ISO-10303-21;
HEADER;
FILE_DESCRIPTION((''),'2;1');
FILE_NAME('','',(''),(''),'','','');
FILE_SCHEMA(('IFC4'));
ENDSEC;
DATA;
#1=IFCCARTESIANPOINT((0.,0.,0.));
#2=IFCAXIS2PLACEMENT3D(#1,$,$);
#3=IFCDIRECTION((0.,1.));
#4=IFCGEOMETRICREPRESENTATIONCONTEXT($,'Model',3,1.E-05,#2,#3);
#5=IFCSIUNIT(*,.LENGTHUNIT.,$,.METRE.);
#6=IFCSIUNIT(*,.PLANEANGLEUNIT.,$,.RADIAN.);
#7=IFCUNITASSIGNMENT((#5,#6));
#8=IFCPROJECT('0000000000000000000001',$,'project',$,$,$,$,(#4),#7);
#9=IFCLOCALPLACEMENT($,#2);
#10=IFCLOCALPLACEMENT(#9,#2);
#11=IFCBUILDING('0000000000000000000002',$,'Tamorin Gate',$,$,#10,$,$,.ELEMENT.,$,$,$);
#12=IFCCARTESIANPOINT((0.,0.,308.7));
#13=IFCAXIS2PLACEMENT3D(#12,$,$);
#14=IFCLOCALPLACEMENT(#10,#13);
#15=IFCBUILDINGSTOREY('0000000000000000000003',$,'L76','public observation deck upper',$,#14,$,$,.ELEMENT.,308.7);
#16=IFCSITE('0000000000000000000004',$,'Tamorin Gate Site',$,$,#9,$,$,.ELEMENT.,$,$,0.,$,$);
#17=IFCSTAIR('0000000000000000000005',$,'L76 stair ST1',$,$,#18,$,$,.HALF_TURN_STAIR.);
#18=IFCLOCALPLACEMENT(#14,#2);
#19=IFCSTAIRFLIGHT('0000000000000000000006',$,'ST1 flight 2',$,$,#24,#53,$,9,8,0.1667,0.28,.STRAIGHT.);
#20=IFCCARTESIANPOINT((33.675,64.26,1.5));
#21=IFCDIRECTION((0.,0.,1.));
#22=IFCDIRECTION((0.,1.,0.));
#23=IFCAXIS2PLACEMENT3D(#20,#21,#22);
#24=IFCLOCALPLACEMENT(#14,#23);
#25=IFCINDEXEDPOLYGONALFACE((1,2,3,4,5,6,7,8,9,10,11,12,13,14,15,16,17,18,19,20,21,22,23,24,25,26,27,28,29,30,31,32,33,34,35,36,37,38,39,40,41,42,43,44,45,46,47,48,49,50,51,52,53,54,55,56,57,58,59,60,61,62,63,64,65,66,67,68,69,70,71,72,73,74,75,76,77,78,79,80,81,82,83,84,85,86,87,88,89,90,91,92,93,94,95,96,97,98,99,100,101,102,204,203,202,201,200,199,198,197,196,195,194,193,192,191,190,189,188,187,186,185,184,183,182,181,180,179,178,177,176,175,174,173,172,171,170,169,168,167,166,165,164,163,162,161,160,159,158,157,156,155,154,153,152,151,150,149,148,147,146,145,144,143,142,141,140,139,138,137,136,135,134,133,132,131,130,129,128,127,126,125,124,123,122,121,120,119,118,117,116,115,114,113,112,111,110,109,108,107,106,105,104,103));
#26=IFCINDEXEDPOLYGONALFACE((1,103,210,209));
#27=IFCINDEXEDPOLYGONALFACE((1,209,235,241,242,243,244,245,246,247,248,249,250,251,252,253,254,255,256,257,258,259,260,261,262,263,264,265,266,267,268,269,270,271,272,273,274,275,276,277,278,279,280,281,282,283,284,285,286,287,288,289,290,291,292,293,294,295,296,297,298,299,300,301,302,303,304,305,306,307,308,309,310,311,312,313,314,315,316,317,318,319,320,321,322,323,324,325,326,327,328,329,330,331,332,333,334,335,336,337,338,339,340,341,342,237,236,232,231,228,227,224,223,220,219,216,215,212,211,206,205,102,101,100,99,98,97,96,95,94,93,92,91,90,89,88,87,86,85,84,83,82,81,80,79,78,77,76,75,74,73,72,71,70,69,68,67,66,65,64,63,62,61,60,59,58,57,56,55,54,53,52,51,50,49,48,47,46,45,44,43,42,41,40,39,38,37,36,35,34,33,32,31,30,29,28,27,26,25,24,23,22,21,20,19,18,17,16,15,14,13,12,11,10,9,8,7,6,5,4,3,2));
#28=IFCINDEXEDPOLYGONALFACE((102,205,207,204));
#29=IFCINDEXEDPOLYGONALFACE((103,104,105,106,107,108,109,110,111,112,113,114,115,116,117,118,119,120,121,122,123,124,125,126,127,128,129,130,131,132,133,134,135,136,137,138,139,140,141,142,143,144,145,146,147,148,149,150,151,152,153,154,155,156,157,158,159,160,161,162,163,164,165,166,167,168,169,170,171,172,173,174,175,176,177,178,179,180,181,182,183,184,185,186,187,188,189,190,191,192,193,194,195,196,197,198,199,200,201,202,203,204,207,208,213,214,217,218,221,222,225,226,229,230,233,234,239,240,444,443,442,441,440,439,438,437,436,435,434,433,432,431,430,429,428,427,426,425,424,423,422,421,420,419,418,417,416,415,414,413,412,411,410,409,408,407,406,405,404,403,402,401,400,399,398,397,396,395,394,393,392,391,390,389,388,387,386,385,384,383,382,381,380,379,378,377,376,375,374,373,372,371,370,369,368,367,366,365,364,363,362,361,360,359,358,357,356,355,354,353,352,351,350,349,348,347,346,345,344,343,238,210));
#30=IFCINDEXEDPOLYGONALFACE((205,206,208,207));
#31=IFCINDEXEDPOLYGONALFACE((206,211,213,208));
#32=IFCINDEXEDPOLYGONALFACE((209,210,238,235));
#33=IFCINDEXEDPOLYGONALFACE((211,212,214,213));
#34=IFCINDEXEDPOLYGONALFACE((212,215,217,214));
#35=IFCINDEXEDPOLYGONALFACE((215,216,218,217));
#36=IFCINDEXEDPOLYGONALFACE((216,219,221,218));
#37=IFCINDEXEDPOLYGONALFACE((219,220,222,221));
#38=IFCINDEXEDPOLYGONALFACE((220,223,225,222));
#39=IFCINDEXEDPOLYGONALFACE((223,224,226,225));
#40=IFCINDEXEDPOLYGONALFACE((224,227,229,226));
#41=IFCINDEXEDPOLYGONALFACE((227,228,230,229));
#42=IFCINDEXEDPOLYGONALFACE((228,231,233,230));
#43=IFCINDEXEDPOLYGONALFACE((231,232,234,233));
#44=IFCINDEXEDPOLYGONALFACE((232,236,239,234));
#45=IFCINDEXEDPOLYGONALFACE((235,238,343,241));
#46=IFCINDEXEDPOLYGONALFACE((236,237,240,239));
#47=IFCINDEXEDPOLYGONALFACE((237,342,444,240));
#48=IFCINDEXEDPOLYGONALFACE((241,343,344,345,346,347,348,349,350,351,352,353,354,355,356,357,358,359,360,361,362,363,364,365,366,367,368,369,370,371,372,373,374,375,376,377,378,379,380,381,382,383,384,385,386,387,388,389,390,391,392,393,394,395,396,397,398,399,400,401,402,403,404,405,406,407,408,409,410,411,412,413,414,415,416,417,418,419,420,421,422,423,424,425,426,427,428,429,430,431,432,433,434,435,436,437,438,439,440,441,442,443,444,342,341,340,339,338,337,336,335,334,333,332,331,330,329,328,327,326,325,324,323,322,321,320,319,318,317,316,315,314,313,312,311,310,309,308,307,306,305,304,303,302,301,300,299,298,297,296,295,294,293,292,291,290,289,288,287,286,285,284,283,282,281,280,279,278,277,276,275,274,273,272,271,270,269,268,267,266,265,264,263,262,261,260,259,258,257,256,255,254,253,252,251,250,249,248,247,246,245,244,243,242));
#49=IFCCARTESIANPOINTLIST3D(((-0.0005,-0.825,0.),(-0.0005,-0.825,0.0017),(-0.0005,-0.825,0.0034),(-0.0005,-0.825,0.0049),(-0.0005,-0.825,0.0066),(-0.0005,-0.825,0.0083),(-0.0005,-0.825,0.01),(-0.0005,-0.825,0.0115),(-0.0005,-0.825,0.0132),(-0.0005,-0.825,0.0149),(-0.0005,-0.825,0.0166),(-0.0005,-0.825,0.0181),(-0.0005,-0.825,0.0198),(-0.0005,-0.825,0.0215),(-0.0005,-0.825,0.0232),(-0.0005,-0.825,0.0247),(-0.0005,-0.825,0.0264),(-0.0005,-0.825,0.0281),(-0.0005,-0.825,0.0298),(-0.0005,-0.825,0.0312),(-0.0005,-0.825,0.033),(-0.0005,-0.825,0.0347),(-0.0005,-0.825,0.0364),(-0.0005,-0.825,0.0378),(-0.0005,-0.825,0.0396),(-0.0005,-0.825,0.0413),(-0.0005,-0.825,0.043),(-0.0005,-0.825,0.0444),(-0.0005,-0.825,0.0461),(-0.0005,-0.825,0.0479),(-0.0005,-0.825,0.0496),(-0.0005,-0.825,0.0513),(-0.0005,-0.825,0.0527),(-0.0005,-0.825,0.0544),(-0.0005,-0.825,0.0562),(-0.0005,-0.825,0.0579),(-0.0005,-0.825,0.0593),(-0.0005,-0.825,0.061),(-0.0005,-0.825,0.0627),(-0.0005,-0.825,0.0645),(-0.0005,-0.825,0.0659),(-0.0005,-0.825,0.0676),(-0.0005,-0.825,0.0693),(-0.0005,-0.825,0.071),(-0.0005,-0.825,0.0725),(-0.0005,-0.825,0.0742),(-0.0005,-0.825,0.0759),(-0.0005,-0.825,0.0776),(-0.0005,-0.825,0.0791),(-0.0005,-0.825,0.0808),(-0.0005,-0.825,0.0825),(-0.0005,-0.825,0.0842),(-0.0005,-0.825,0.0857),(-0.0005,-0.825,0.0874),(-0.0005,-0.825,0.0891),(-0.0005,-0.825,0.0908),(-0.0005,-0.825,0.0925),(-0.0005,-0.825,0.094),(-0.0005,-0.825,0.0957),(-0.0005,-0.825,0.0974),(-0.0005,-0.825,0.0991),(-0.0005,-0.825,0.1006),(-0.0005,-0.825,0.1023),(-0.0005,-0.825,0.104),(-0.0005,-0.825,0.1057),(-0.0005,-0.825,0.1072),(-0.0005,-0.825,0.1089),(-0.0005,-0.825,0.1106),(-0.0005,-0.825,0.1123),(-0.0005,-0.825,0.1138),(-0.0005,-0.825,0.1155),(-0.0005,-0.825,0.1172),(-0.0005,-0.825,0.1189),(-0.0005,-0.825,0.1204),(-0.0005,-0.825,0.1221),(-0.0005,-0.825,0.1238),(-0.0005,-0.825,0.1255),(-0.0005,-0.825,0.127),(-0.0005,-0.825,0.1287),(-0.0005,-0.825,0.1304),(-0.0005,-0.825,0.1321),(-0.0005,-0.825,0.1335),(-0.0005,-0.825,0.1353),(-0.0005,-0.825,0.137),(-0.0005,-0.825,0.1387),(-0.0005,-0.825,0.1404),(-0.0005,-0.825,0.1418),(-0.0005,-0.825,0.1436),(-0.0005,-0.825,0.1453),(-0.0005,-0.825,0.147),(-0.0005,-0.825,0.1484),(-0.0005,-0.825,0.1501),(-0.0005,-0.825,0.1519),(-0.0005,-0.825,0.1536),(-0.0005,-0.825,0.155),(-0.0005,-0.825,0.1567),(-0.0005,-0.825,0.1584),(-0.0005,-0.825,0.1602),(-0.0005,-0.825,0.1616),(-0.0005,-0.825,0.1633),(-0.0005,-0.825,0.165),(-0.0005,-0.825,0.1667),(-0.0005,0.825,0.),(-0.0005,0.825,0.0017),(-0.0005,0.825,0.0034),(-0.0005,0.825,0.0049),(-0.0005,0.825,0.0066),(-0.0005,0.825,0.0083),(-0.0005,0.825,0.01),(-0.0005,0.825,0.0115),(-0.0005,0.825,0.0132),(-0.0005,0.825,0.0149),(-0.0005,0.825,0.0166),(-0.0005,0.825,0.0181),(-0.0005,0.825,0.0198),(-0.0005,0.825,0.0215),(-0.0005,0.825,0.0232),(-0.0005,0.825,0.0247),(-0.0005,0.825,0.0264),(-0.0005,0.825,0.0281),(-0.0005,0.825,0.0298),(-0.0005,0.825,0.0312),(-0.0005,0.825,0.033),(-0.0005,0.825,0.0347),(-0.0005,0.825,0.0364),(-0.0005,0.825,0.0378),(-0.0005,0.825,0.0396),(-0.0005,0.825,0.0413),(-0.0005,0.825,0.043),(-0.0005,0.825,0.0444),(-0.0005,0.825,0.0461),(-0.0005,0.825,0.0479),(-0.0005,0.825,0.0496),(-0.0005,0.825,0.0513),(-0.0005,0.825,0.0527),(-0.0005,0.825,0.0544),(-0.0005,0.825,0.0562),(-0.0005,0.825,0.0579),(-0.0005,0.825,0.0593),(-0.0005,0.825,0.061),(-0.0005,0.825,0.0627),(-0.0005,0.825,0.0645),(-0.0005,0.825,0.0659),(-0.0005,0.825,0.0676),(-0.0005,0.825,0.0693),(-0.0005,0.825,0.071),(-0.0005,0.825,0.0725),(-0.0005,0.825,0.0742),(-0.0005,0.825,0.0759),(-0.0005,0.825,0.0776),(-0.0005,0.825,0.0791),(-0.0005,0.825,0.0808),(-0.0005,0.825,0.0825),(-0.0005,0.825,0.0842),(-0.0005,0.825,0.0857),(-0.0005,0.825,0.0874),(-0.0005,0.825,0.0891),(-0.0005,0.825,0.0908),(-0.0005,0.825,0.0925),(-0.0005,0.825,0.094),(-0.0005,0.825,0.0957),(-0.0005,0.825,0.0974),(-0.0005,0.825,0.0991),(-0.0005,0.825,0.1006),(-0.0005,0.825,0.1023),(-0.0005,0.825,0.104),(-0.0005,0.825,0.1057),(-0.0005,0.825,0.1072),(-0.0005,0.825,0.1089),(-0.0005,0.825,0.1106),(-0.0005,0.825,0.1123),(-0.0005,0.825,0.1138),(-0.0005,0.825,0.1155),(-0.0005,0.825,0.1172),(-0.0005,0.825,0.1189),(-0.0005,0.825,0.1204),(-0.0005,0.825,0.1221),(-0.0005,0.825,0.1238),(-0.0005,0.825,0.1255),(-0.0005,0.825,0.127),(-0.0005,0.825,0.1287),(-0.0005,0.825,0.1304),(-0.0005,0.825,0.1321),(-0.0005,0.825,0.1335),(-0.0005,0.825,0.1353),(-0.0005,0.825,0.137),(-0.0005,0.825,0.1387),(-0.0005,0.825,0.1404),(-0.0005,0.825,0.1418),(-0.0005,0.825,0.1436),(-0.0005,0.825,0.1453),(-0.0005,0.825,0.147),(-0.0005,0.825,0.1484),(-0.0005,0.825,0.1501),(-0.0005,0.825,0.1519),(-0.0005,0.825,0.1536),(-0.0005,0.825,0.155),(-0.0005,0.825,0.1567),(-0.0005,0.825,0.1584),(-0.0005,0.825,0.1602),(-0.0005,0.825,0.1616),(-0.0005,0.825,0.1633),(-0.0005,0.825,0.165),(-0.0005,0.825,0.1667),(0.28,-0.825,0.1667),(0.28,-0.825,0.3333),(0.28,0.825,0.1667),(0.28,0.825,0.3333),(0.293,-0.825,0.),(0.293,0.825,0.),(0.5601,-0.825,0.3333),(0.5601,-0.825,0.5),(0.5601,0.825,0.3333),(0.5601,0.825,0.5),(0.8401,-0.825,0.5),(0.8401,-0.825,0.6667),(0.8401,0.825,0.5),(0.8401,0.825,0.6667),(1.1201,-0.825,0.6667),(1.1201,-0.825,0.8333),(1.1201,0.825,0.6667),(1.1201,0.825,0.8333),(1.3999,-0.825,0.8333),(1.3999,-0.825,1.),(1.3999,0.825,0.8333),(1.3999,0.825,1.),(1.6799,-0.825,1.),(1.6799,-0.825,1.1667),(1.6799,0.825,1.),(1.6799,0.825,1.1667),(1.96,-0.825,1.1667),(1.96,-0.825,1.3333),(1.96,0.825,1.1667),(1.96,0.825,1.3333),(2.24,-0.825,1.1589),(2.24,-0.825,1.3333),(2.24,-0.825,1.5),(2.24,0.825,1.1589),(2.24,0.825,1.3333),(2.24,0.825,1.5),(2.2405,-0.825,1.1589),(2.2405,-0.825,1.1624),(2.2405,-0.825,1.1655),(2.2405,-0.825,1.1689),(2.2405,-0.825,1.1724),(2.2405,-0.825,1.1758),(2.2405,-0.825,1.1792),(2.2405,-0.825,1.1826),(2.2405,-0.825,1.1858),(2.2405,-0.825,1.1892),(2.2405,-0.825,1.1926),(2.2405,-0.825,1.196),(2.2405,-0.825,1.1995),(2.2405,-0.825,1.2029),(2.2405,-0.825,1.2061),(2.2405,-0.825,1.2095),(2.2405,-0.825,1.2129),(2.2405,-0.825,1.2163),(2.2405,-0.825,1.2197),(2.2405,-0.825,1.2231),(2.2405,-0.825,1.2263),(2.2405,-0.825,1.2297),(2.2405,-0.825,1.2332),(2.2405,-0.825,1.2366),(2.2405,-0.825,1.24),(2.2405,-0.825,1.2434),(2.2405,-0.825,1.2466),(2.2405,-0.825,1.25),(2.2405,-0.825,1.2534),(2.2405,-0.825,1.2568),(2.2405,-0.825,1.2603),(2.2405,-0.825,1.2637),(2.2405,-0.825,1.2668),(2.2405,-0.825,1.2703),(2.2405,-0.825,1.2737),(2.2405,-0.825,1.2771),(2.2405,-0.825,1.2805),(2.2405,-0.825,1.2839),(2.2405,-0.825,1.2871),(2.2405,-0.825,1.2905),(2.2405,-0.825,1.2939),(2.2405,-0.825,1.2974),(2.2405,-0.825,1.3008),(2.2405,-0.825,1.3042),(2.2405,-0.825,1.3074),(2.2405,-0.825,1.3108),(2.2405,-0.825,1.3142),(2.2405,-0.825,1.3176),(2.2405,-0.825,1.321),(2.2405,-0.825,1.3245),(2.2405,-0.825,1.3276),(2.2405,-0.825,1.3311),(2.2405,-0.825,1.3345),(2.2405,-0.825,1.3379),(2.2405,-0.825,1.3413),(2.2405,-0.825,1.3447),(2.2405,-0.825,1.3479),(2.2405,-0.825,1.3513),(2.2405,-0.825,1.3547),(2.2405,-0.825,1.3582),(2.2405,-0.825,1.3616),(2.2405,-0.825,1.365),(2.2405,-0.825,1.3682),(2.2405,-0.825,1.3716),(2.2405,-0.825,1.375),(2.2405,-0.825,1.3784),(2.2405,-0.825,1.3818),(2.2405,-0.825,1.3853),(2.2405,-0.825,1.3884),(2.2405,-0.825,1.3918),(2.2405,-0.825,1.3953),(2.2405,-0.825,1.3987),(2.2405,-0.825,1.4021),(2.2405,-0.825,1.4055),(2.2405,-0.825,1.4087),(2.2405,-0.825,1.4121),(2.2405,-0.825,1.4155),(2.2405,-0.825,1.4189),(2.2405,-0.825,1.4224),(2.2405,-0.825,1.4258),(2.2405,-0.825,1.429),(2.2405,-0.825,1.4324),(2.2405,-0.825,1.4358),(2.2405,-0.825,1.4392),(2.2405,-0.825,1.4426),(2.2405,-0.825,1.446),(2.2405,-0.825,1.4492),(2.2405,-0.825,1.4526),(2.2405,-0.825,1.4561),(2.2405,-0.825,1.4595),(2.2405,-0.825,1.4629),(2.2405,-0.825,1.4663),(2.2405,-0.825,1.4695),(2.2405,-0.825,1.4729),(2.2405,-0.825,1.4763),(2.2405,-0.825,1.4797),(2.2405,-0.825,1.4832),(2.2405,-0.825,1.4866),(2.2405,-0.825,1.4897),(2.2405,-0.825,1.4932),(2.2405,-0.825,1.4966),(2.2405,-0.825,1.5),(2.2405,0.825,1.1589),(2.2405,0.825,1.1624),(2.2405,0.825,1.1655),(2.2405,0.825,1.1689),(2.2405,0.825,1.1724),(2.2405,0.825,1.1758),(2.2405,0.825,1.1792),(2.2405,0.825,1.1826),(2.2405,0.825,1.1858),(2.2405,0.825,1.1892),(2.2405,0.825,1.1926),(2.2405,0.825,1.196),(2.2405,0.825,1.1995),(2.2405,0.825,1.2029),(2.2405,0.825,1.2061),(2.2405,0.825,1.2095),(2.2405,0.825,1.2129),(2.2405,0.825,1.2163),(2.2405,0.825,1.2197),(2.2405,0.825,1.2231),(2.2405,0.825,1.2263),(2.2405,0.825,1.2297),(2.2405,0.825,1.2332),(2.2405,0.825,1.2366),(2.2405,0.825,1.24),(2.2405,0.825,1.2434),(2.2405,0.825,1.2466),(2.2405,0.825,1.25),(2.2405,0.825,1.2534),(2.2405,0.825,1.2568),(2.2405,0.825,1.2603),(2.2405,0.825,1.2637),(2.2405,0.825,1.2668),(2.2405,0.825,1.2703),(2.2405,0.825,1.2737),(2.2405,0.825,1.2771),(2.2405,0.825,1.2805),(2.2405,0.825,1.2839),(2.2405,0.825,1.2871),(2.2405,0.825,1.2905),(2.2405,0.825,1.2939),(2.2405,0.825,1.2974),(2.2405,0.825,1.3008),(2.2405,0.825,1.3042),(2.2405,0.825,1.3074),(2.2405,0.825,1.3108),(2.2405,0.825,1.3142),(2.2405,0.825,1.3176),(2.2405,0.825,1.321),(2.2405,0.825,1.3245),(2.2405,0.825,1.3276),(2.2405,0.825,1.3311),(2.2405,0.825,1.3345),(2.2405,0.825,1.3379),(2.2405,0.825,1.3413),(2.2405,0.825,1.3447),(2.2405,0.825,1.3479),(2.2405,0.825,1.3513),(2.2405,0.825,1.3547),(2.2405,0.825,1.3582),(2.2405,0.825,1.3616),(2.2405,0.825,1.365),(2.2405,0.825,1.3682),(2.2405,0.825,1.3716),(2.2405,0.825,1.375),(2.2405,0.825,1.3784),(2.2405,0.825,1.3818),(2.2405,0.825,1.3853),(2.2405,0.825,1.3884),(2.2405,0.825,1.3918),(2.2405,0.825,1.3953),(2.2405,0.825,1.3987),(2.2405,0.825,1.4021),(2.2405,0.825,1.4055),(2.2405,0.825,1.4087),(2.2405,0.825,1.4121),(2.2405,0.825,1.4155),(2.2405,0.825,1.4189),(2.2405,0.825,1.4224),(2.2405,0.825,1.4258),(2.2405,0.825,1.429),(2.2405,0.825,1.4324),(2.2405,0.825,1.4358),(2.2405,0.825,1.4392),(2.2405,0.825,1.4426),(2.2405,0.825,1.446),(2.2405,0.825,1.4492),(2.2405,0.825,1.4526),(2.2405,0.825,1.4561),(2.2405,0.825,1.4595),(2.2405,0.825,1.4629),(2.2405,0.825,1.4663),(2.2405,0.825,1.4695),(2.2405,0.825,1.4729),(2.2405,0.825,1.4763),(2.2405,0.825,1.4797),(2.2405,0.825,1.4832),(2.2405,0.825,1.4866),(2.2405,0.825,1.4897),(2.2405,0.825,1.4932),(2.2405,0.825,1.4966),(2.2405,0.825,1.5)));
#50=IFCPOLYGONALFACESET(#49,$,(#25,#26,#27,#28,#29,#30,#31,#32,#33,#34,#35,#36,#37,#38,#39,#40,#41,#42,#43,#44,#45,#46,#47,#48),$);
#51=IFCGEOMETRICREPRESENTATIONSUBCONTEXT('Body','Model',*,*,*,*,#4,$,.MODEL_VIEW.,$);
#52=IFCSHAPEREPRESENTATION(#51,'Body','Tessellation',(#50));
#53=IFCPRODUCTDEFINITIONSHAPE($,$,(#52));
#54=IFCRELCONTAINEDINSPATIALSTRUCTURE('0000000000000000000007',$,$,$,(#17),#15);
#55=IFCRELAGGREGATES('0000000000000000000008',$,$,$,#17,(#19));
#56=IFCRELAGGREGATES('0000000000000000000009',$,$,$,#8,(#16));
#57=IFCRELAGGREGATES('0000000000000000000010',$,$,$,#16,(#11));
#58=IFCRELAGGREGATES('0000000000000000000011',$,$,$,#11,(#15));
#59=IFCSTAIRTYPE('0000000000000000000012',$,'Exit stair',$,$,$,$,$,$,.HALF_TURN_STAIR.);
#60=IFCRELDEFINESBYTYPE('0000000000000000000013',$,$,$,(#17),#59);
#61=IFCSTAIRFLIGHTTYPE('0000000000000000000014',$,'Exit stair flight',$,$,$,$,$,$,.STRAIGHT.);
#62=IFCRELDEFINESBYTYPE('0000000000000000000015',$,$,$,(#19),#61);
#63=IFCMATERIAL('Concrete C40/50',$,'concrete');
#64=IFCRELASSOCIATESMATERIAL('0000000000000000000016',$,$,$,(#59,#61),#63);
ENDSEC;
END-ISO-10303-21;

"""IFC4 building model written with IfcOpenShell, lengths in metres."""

from ifc_helpers import new_model, si_unit, direction, frame, origin, place, context, subcontext, project, spatial, polyline, outline, extrude, material, type_object, element, aggregate, save


model = new_model("IFC4")

# Units and contexts
model_context = context("Model", 3, precision=1e-05, world=origin(), true_north=direction((0.0, 1.0)))
body_context = subcontext(model_context, "Body", "Model", "MODEL_VIEW")
ifc_project = project(units=[si_unit("LENGTHUNIT", "METRE"), si_unit("PLANEANGLEUNIT", "RADIAN")], contexts=[model_context])

# Site, building, storey
site_placement = place(None, origin())
site = spatial("IfcSite", under=ifc_project, at=site_placement, Name="Tamorin Gate Site", CompositionType="ELEMENT", RefElevation=0.0)
building_placement = place(site_placement, origin())
building = spatial("IfcBuilding", under=site, at=building_placement, Name="Tamorin Gate", CompositionType="ELEMENT")
storey_placement = place(building_placement, frame((0.0, 0.0, 308.7)))
storey = spatial("IfcBuildingStorey", under=building, at=storey_placement, Name="L76", Description="public observation deck upper", CompositionType="ELEMENT", Elevation=308.7)

# Stair, stair flight
ifc_material_1 = material(Name="Concrete C40/50", Category="concrete")
stair_type = type_object("IfcStairType", Name="Exit stair", PredefinedType="HALF_TURN_STAIR", material=ifc_material_1)
stair_placement = place(storey_placement, origin())
stair = element("IfcStair", 1, at=stair_placement, inside=storey, type_object=stair_type, Name="L76 stair ST1", PredefinedType="HALF_TURN_STAIR")
stair_flight_type = type_object("IfcStairFlightType", Name="Exit stair flight", PredefinedType="STRAIGHT", material=ifc_material_1)
stair_flight_1_placement = place(storey_placement, frame((33.675, 64.26, 1.5), z_axis=(0.0, 0.0, 1.0), x_axis=(0.0, 1.0, 0.0)))
stair_flight_1 = element("IfcStairFlight", 2, at=stair_flight_1_placement, type_object=stair_flight_type, Name="ST1 flight 2", NumberOfRisers=9, NumberOfTreads=8, PredefinedType="STRAIGHT", RiserHeight=0.1667, TreadLength=0.28, context=body_context, shape_type="SweptSolid", body=[
    extrude(outline(polyline([(-0.0005, 0.0), (-0.0005, 0.0017), (-0.0005, 0.0034), (-0.0005, 0.0049), (-0.0005, 0.0066), (-0.0005, 0.0083), (-0.0005, 0.01), (-0.0005, 0.0115), (-0.0005, 0.0132), (-0.0005, 0.0149), (-0.0005, 0.0166), (-0.0005, 0.0181), (-0.0005, 0.0198), (-0.0005, 0.0215), (-0.0005, 0.0232), (-0.0005, 0.0247), (-0.0005, 0.0264), (-0.0005, 0.0281), (-0.0005, 0.0298), (-0.0005, 0.0312), (-0.0005, 0.033), (-0.0005, 0.0347), (-0.0005, 0.0364), (-0.0005, 0.0378), (-0.0005, 0.0396), (-0.0005, 0.0413), (-0.0005, 0.043), (-0.0005, 0.0444), (-0.0005, 0.0461), (-0.0005, 0.0479), (-0.0005, 0.0496), (-0.0005, 0.0513), (-0.0005, 0.0527), (-0.0005, 0.0544), (-0.0005, 0.0562), (-0.0005, 0.0579), (-0.0005, 0.0593), (-0.0005, 0.061), (-0.0005, 0.0627), (-0.0005, 0.0645), (-0.0005, 0.0659), (-0.0005, 0.0676), (-0.0005, 0.0693), (-0.0005, 0.071), (-0.0005, 0.0725), (-0.0005, 0.0742), (-0.0005, 0.0759), (-0.0005, 0.0776), (-0.0005, 0.0791), (-0.0005, 0.0808), (-0.0005, 0.0825), (-0.0005, 0.0842), (-0.0005, 0.0857), (-0.0005, 0.0874), (-0.0005, 0.0891), (-0.0005, 0.0908), (-0.0005, 0.0925), (-0.0005, 0.094), (-0.0005, 0.0957), (-0.0005, 0.0974), (-0.0005, 0.0991), (-0.0005, 0.1006), (-0.0005, 0.1023), (-0.0005, 0.104), (-0.0005, 0.1057), (-0.0005, 0.1072), (-0.0005, 0.1089), (-0.0005, 0.1106), (-0.0005, 0.1123), (-0.0005, 0.1138), (-0.0005, 0.1155), (-0.0005, 0.1172), (-0.0005, 0.1189), (-0.0005, 0.1204), (-0.0005, 0.1221), (-0.0005, 0.1238), (-0.0005, 0.1255), (-0.0005, 0.127), (-0.0005, 0.1287), (-0.0005, 0.1304), (-0.0005, 0.1321), (-0.0005, 0.1335), (-0.0005, 0.1353), (-0.0005, 0.137), (-0.0005, 0.1387), (-0.0005, 0.1404), (-0.0005, 0.1418), (-0.0005, 0.1436), (-0.0005, 0.1453), (-0.0005, 0.147), (-0.0005, 0.1484), (-0.0005, 0.1501), (-0.0005, 0.1519), (-0.0005, 0.1536), (-0.0005, 0.155), (-0.0005, 0.1567), (-0.0005, 0.1584), (-0.0005, 0.1602), (-0.0005, 0.1616), (-0.0005, 0.1633), (-0.0005, 0.165), (-0.0005, 0.1667), (0.28, 0.1667), (0.28, 0.3333), (0.5601, 0.3333), (0.5601, 0.5), (0.8401, 0.5), (0.8401, 0.6667), (1.1201, 0.6667), (1.1201, 0.8333), (1.3999, 0.8333), (1.3999, 1.0), (1.6799, 1.0), (1.6799, 1.1667), (1.96, 1.1667), (1.96, 1.3333), (2.24, 1.3333), (2.24, 1.5), (2.2405, 1.5), (2.2405, 1.4966), (2.2405, 1.4932), (2.2405, 1.4897), (2.2405, 1.4866), (2.2405, 1.4832), (2.2405, 1.4797), (2.2405, 1.4763), (2.2405, 1.4729), (2.2405, 1.4695), (2.2405, 1.4663), (2.2405, 1.4629), (2.2405, 1.4595), (2.2405, 1.4561), (2.2405, 1.4526), (2.2405, 1.4492), (2.2405, 1.446), (2.2405, 1.4426), (2.2405, 1.4392), (2.2405, 1.4358), (2.2405, 1.4324), (2.2405, 1.429), (2.2405, 1.4258), (2.2405, 1.4224), (2.2405, 1.4189), (2.2405, 1.4155), (2.2405, 1.4121), (2.2405, 1.4087), (2.2405, 1.4055), (2.2405, 1.4021), (2.2405, 1.3987), (2.2405, 1.3953), (2.2405, 1.3918), (2.2405, 1.3884), (2.2405, 1.3853), (2.2405, 1.3818), (2.2405, 1.3784), (2.2405, 1.375), (2.2405, 1.3716), (2.2405, 1.3682), (2.2405, 1.365), (2.2405, 1.3616), (2.2405, 1.3582), (2.2405, 1.3547), (2.2405, 1.3513), (2.2405, 1.3479), (2.2405, 1.3447), (2.2405, 1.3413), (2.2405, 1.3379), (2.2405, 1.3345), (2.2405, 1.3311), (2.2405, 1.3276), (2.2405, 1.3245), (2.2405, 1.321), (2.2405, 1.3176), (2.2405, 1.3142), (2.2405, 1.3108), (2.2405, 1.3074), (2.2405, 1.3042), (2.2405, 1.3008), (2.2405, 1.2974), (2.2405, 1.2939), (2.2405, 1.2905), (2.2405, 1.2871), (2.2405, 1.2839), (2.2405, 1.2805), (2.2405, 1.2771), (2.2405, 1.2737), (2.2405, 1.2703), (2.2405, 1.2668), (2.2405, 1.2637), (2.2405, 1.2603), (2.2405, 1.2568), (2.2405, 1.2534), (2.2405, 1.25), (2.2405, 1.2466), (2.2405, 1.2434), (2.2405, 1.24), (2.2405, 1.2366), (2.2405, 1.2332), (2.2405, 1.2297), (2.2405, 1.2263), (2.2405, 1.2231), (2.2405, 1.2197), (2.2405, 1.2163), (2.2405, 1.2129), (2.2405, 1.2095), (2.2405, 1.2061), (2.2405, 1.2029), (2.2405, 1.1995), (2.2405, 1.196), (2.2405, 1.1926), (2.2405, 1.1892), (2.2405, 1.1858), (2.2405, 1.1826), (2.2405, 1.1792), (2.2405, 1.1758), (2.2405, 1.1724), (2.2405, 1.1689), (2.2405, 1.1655), (2.2405, 1.1624), (2.2405, 1.1589), (2.24, 1.1589), (0.293, 0.0), (-0.0005, 0.0)])), frame((0.0, 0.825, 0.0), z_axis=(0.0, -1.0, 0.0), x_axis=(1.0, 0.0, 0.0)), (0.0, 0.0, 1.0), 1.6499),
])
aggregate(stair, [stair_flight_1])

save(model, "model.ifc")
